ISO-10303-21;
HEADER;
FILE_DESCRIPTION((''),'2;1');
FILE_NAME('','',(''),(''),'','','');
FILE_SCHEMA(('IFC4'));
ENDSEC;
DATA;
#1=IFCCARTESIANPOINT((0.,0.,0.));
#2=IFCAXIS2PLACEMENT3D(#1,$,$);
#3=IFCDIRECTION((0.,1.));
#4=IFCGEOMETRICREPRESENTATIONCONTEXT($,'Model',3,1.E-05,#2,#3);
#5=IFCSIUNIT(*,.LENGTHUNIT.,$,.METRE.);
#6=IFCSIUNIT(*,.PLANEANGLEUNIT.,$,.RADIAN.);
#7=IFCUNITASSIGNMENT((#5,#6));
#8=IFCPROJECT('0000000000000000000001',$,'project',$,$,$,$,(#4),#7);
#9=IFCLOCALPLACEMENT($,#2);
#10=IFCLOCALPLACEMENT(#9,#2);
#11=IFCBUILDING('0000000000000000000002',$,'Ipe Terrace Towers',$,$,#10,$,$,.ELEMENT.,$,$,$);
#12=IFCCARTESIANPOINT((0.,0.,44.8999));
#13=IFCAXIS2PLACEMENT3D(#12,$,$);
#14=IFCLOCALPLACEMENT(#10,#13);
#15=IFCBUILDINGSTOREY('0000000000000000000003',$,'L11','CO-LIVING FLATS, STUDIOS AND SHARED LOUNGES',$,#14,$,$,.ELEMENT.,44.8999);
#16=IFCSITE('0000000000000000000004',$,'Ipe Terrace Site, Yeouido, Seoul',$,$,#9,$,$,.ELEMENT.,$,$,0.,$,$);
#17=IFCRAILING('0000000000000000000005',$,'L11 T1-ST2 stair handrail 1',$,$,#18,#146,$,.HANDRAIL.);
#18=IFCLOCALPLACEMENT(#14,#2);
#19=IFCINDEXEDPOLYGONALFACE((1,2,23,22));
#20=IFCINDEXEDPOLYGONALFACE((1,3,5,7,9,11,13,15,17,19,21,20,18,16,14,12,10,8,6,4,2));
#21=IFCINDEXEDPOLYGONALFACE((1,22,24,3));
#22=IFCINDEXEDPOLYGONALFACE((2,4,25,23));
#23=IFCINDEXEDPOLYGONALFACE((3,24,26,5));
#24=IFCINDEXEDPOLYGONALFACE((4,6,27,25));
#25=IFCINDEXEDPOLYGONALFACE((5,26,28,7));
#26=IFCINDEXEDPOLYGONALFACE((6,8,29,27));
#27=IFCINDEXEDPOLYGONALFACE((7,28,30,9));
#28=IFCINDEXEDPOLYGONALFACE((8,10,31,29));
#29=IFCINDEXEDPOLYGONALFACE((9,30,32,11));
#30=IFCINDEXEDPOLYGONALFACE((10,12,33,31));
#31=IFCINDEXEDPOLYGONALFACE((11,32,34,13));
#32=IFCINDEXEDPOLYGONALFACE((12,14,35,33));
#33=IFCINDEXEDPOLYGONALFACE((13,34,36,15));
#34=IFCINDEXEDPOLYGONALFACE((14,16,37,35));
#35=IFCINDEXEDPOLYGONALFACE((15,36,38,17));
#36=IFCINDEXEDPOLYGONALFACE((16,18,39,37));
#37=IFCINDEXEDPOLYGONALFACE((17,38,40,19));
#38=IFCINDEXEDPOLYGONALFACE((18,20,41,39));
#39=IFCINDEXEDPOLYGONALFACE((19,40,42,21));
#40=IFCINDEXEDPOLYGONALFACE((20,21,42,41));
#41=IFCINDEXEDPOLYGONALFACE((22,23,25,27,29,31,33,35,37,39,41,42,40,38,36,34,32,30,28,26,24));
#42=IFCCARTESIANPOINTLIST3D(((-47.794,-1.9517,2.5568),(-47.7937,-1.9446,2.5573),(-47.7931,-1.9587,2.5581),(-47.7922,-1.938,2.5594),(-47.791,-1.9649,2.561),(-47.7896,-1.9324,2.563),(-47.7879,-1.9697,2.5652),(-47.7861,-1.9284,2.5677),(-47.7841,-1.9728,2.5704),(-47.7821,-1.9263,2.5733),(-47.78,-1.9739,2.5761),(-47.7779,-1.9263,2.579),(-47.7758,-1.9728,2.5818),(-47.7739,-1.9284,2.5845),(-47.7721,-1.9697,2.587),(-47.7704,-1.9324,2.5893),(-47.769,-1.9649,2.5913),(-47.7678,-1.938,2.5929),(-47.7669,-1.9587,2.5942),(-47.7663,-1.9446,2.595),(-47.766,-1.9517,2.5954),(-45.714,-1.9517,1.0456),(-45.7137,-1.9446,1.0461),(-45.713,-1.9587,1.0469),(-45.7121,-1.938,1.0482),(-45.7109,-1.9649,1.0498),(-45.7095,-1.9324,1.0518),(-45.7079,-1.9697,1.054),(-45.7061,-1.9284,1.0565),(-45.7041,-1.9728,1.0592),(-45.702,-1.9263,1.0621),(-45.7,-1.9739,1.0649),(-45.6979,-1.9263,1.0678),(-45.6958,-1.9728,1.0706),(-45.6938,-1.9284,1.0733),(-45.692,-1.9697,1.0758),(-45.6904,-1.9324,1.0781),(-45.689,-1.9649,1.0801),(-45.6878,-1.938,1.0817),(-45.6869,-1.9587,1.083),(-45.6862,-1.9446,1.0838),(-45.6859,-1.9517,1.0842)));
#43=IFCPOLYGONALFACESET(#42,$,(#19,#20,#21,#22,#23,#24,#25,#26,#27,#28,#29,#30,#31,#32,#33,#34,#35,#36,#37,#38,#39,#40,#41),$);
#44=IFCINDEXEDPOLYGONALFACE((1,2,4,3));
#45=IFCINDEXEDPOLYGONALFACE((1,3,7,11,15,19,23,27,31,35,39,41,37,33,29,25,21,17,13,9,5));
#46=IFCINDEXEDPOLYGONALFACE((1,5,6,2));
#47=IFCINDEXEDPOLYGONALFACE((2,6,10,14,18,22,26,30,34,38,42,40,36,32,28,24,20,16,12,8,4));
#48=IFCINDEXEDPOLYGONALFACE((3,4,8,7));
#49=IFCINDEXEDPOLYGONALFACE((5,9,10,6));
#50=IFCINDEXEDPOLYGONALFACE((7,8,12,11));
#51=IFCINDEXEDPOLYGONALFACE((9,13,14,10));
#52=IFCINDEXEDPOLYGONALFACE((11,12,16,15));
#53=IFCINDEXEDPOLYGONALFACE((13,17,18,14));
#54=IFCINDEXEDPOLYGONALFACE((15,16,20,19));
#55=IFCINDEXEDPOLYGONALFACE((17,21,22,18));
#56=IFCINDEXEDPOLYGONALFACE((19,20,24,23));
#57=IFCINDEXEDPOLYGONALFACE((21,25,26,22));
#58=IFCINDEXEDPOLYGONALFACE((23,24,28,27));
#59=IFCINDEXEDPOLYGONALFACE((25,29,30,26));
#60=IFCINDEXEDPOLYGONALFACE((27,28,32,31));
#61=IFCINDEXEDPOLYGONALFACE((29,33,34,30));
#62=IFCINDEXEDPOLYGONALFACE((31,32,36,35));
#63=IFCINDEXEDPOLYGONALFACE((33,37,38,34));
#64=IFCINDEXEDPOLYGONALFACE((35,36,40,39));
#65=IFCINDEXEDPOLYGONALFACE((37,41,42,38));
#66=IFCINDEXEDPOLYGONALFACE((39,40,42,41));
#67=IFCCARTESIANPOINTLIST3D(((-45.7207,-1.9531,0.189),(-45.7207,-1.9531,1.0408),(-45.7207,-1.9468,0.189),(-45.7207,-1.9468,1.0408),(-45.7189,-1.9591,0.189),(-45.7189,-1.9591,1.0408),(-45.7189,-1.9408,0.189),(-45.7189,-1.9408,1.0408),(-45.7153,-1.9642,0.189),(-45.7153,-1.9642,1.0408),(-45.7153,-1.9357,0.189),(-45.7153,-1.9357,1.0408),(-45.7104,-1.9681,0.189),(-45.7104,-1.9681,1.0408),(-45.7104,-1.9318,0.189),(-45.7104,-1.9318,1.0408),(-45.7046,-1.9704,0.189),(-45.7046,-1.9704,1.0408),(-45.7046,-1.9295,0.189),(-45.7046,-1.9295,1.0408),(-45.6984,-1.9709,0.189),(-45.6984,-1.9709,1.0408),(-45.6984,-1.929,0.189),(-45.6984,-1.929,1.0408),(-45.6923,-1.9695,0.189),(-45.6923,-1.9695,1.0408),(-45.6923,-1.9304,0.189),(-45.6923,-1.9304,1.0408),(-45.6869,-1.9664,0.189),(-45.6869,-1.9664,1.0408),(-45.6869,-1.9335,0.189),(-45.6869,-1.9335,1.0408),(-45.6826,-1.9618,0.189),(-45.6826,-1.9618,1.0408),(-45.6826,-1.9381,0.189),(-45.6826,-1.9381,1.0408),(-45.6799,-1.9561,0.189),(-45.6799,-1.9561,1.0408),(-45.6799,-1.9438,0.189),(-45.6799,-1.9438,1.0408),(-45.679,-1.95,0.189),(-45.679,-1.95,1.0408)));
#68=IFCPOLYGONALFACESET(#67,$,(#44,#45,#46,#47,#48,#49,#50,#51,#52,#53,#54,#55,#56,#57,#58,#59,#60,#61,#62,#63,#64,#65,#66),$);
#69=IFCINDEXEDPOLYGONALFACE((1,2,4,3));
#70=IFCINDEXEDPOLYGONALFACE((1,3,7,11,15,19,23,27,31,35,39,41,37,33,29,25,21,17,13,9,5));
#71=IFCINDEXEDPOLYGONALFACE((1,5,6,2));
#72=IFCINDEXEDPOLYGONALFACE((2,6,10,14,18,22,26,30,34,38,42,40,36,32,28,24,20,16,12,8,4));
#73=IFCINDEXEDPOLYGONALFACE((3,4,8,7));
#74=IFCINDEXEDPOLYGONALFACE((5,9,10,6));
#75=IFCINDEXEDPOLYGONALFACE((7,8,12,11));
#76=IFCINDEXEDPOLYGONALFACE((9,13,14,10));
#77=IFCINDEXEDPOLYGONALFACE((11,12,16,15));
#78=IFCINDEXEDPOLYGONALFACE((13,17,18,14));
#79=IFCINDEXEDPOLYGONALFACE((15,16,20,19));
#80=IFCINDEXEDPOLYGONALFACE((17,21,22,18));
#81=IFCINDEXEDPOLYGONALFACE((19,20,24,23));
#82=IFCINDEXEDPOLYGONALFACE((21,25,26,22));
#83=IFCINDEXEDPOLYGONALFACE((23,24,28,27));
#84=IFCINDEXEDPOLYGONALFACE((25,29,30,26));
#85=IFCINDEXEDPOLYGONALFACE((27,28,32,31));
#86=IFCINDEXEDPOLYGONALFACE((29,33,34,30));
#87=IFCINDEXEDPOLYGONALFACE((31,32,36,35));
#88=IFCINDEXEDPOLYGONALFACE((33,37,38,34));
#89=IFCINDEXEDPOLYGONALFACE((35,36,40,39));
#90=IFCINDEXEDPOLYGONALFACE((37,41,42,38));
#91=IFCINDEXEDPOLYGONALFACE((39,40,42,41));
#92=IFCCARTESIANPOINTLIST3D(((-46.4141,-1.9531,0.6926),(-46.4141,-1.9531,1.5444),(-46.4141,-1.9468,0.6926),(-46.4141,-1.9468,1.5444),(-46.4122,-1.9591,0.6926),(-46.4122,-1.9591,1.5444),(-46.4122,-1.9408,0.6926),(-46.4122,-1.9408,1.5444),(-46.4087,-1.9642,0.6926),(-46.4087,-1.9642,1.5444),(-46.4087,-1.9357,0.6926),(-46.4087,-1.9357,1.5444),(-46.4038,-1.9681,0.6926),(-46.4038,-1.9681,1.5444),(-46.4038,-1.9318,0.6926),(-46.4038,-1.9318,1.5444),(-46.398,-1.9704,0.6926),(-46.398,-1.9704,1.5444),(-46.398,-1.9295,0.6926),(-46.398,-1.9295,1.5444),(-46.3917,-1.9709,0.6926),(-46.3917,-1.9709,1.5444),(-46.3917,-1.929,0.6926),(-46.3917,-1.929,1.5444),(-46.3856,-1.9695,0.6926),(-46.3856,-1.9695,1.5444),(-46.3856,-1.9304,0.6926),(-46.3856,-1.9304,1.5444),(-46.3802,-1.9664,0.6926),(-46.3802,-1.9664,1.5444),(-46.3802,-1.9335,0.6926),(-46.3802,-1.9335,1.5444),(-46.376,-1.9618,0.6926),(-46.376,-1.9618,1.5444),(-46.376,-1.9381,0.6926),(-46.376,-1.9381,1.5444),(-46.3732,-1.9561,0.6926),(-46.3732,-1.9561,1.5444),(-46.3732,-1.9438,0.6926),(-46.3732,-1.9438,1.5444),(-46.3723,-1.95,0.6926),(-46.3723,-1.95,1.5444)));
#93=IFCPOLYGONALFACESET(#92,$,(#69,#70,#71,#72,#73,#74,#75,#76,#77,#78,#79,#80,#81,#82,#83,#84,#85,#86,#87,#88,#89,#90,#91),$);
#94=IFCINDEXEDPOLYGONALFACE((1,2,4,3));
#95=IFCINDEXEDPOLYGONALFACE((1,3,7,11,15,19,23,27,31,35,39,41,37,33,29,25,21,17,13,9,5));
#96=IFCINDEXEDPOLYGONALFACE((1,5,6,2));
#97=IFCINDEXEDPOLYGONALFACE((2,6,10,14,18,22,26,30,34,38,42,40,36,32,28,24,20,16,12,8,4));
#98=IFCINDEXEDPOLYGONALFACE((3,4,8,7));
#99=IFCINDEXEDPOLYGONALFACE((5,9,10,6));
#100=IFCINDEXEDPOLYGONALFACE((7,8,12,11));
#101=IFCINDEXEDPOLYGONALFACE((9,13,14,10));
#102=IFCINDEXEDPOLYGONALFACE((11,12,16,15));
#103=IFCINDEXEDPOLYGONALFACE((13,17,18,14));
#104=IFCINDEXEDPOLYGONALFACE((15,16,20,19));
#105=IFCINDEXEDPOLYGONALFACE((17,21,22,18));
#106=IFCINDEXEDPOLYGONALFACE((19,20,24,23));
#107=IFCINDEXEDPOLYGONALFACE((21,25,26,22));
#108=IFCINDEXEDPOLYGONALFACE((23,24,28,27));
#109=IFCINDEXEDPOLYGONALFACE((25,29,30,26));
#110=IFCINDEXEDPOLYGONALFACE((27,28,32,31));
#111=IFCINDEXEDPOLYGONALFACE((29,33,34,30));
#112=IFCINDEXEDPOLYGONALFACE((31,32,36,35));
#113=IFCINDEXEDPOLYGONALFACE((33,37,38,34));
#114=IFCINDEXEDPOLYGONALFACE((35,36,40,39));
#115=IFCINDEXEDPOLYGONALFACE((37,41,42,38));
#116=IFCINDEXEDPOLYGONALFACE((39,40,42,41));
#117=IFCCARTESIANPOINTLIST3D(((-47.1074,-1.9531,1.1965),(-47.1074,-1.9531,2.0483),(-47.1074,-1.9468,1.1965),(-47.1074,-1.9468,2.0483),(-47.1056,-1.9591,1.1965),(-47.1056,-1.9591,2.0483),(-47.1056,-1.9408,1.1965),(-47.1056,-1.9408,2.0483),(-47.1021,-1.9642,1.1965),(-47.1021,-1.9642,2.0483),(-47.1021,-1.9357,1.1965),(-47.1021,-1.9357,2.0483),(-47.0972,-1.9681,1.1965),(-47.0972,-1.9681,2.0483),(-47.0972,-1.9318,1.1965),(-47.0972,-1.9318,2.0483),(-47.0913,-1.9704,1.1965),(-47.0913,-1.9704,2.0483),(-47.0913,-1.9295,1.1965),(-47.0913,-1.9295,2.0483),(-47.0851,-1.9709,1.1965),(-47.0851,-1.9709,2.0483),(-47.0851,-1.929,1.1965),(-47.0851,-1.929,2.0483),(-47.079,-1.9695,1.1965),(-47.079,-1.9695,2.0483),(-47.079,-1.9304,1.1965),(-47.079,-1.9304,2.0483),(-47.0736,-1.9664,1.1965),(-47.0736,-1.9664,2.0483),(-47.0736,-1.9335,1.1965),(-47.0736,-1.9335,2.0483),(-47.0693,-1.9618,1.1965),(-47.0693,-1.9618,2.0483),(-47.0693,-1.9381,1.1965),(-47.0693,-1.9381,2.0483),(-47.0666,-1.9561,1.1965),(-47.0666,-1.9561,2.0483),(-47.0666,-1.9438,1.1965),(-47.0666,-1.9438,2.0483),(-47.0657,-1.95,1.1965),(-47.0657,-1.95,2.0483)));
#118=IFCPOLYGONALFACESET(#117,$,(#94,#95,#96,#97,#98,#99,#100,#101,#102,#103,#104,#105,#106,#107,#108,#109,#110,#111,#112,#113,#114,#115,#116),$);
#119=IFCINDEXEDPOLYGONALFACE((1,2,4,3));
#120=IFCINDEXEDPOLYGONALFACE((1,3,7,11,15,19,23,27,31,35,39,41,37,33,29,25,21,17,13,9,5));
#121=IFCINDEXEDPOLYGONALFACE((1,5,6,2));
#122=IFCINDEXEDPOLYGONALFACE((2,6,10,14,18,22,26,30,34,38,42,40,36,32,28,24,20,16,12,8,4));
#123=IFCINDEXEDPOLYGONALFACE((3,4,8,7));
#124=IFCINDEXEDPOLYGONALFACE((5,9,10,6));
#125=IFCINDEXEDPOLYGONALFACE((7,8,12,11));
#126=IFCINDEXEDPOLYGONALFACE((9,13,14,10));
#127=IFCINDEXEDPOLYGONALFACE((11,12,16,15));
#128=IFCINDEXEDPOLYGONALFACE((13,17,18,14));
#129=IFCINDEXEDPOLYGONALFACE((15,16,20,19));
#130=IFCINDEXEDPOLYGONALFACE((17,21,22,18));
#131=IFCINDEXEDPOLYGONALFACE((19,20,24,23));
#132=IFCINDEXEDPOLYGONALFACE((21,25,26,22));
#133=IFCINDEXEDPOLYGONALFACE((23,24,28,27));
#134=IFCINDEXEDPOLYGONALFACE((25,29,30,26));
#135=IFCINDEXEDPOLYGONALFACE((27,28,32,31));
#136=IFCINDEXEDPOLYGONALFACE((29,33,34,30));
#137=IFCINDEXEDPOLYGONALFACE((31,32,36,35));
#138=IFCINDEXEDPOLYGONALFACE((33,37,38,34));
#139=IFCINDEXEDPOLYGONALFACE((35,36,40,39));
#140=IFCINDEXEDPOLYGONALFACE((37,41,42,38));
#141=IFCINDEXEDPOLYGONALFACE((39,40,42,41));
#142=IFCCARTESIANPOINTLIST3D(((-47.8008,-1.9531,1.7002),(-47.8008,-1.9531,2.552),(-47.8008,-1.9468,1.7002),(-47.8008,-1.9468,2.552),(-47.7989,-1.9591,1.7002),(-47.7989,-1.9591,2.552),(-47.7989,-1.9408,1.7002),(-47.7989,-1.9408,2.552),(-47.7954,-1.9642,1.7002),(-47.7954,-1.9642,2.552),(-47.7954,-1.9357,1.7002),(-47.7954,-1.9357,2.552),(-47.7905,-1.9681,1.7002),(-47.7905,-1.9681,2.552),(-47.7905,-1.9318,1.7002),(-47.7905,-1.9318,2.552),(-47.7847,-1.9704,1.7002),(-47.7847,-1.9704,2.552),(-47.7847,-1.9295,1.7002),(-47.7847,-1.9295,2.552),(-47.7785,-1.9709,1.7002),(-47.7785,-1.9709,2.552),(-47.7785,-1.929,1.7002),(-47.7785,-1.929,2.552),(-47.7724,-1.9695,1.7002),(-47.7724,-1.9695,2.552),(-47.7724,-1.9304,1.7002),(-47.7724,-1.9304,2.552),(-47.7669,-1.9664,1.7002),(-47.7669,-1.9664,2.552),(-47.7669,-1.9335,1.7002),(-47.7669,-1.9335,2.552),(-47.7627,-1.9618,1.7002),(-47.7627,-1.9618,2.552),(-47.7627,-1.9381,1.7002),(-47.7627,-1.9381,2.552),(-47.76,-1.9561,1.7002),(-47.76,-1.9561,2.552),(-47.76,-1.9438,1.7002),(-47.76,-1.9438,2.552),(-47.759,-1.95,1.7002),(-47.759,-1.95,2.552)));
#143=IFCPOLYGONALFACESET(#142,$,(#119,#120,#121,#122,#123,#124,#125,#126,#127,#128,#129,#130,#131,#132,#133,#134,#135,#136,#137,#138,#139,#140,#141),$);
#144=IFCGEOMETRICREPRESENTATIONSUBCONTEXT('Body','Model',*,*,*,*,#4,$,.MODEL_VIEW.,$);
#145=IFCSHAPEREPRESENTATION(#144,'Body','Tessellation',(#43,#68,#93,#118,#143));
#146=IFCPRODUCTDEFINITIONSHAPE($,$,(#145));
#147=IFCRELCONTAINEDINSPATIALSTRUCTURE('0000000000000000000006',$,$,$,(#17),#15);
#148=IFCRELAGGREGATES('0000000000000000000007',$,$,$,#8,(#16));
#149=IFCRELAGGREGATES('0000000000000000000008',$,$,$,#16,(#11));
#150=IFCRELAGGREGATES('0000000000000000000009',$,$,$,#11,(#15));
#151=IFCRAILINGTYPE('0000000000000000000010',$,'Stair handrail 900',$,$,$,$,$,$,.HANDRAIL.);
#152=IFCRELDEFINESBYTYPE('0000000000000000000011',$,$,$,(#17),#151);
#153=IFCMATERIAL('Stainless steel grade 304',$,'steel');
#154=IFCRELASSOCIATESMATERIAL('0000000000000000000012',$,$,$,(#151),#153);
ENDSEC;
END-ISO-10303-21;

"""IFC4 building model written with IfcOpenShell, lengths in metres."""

from ifc_helpers import new_model, si_unit, direction, frame, origin, origin_2d, place, context, subcontext, project, spatial, circle, extrude, material, type_object, element, save


model = new_model("IFC4")

# Units and contexts
model_context = context("Model", 3, precision=1e-05, world=origin(), true_north=direction((0.0, 1.0)))
body_context = subcontext(model_context, "Body", "Model", "MODEL_VIEW")
ifc_project = project(units=[si_unit("LENGTHUNIT", "METRE"), si_unit("PLANEANGLEUNIT", "RADIAN")], contexts=[model_context])

# Site, building, storey
site_placement = place(None, origin())
site = spatial("IfcSite", under=ifc_project, at=site_placement, Name="Ipe Terrace Site, Yeouido, Seoul", CompositionType="ELEMENT", RefElevation=0.0)
building_placement = place(site_placement, origin())
building = spatial("IfcBuilding", under=site, at=building_placement, Name="Ipe Terrace Towers", CompositionType="ELEMENT")
storey_placement = place(building_placement, frame((0.0, 0.0, 44.8999)))
storey = spatial("IfcBuildingStorey", under=building, at=storey_placement, Name="L11", Description="CO-LIVING FLATS, STUDIOS AND SHARED LOUNGES", CompositionType="ELEMENT", Elevation=44.8999)

# Railing
ifc_material_1 = material(Name="Stainless steel grade 304", Category="steel")
railing_type_1 = type_object("IfcRailingType", Name="Stair handrail 900", PredefinedType="HANDRAIL", material=ifc_material_1)
railing_1_placement = place(storey_placement, frame((-45.7, -1.95, 0.189)))
element("IfcRailing", 1, at=railing_1_placement, inside=storey, type_object=railing_type_1, Name="L11 T1-ST2 stair handrail 1", PredefinedType="HANDRAIL", context=body_context, shape_type="SweptSolid", body=[
    extrude(circle(Radius=0.0239, at=origin_2d()), frame((0.0, 0.0, 0.876), z_axis=(-0.809023, 0.0, 0.587776), x_axis=(0.0, -1.0, 0.0)), (0.0, 0.0, 1.0), 2.571),
    extrude(circle(Radius=0.021, at=origin_2d()), origin(), (0.0, 0.0, 1.0), 0.8518),
    extrude(circle(Radius=0.021, at=origin_2d()), frame((-0.6934, 0.0, 0.5037)), (0.0, 0.0, 1.0), 0.8518),
    extrude(circle(Radius=0.021, at=origin_2d()), frame((-1.3867, 0.0, 1.0076)), (0.0, 0.0, 1.0), 0.8518),
    extrude(circle(Radius=0.021, at=origin_2d()), frame((-2.0801, 0.0, 1.5112)), (0.0, 0.0, 1.0), 0.8518),
])

save(model, "model.ifc")
